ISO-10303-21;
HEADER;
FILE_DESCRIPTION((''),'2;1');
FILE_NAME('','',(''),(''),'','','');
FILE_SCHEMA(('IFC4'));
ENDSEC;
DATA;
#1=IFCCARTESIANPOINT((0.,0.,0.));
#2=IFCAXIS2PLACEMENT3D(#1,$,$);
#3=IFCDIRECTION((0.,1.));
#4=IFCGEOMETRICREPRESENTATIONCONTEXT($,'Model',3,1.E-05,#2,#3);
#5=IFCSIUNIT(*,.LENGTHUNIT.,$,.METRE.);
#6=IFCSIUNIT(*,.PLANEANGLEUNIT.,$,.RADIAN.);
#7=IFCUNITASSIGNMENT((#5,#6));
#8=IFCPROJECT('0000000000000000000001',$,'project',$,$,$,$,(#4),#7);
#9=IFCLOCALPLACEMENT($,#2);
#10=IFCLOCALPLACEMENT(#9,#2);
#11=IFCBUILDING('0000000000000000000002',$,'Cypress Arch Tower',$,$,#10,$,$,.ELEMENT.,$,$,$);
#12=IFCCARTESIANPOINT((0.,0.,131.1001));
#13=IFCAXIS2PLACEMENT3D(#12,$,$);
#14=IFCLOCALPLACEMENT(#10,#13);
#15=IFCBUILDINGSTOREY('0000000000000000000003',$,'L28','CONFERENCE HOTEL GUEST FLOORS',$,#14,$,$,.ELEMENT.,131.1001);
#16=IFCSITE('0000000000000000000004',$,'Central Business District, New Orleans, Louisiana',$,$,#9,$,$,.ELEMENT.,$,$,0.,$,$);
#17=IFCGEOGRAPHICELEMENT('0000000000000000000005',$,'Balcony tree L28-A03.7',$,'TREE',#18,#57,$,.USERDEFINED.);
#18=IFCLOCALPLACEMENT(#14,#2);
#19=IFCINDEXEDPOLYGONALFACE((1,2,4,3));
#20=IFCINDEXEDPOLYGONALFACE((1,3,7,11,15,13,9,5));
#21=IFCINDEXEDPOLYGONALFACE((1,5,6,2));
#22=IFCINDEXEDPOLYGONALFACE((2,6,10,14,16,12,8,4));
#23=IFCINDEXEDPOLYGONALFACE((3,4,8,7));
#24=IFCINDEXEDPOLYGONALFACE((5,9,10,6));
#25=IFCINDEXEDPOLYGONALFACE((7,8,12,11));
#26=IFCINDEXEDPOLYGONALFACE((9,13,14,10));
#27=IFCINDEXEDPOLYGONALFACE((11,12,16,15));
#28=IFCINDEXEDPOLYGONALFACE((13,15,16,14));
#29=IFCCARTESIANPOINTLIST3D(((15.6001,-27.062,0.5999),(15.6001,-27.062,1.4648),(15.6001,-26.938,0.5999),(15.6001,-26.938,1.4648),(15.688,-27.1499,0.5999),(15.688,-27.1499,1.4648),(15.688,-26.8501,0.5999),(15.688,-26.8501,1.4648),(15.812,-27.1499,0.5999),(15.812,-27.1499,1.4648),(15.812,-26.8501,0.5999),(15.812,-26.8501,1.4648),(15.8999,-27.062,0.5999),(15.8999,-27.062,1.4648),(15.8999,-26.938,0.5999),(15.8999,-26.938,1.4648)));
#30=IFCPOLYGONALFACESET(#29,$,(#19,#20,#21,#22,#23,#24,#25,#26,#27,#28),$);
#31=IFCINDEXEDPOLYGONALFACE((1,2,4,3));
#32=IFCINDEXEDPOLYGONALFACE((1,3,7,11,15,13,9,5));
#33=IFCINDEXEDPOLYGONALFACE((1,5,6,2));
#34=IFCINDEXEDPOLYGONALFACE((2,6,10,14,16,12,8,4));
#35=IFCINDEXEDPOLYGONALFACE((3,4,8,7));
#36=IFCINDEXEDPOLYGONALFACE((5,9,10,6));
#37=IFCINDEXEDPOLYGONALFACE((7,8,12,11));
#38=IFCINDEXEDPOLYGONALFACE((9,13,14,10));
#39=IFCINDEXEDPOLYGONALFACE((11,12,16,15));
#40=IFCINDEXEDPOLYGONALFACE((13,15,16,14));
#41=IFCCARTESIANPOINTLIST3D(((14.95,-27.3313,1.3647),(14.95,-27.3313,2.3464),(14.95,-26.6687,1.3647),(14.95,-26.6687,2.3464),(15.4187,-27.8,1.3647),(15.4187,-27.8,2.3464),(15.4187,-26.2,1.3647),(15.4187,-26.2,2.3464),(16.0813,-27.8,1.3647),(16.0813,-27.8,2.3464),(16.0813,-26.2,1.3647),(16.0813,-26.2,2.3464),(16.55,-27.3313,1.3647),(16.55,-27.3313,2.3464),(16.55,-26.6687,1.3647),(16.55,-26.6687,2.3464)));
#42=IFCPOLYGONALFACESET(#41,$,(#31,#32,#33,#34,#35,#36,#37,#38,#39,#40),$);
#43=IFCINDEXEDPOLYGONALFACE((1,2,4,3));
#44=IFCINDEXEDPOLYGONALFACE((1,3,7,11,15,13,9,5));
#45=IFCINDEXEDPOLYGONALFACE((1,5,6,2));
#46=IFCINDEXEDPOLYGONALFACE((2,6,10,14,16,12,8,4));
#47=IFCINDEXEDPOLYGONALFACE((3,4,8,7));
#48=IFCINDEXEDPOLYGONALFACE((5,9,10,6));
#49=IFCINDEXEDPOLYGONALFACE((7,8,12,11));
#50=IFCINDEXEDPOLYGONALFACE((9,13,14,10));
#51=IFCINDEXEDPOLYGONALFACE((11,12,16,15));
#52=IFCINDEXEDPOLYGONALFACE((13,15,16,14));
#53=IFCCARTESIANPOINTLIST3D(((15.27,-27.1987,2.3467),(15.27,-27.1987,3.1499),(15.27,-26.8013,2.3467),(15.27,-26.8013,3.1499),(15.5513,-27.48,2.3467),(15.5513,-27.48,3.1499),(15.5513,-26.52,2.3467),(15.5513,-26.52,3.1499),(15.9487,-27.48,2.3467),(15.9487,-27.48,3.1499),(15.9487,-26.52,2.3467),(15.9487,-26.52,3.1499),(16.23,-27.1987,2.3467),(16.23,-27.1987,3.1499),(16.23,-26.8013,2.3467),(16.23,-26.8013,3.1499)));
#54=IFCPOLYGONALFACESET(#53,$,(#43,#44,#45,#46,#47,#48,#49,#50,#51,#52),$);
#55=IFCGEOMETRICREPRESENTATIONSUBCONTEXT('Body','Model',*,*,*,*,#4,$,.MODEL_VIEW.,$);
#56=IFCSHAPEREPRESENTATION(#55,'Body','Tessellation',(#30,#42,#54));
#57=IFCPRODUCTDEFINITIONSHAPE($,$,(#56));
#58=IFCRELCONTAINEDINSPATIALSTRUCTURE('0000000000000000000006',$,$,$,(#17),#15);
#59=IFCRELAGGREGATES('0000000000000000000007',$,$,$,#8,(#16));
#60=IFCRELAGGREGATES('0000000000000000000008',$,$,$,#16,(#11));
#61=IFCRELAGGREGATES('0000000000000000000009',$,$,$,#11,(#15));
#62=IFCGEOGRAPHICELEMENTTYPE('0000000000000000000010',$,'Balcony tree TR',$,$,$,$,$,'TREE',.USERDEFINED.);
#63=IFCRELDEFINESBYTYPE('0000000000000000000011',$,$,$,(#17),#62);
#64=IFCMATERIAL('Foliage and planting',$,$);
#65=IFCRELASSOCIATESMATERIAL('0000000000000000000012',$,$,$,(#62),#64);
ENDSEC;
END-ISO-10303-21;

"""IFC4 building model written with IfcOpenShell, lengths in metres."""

from ifc_helpers import new_model, si_unit, direction, frame, origin, place, context, subcontext, project, spatial, polyline, outline, extrude, material, type_object, element, save


model = new_model("IFC4")

# Units and contexts
model_context = context("Model", 3, precision=1e-05, world=origin(), true_north=direction((0.0, 1.0)))
body_context = subcontext(model_context, "Body", "Model", "MODEL_VIEW")
ifc_project = project(units=[si_unit("LENGTHUNIT", "METRE"), si_unit("PLANEANGLEUNIT", "RADIAN")], contexts=[model_context])

# Site, building, storey
site_placement = place(None, origin())
site = spatial("IfcSite", under=ifc_project, at=site_placement, Name="Central Business District, New Orleans, Louisiana", CompositionType="ELEMENT", RefElevation=0.0)
building_placement = place(site_placement, origin())
building = spatial("IfcBuilding", under=site, at=building_placement, Name="Cypress Arch Tower", CompositionType="ELEMENT")
storey_placement = place(building_placement, frame((0.0, 0.0, 131.1001)))
storey = spatial("IfcBuildingStorey", under=building, at=storey_placement, Name="L28", Description="CONFERENCE HOTEL GUEST FLOORS", CompositionType="ELEMENT", Elevation=131.1001)

# Geographic element
ifc_material_1 = material(Name="Foliage and planting")
geographic_element_type = type_object("IfcGeographicElementType", Name="Balcony tree TR", ElementType="TREE", PredefinedType="USERDEFINED", material=ifc_material_1)
geographic_element_placement = place(storey_placement, frame((15.75, -27.0, 0.5999), z_axis=(0.0, 0.0, 1.0), x_axis=(1.0, 0.0, 0.0)))
element("IfcGeographicElement", 1, at=geographic_element_placement, inside=storey, type_object=geographic_element_type, Name="Balcony tree L28-A03.7", ObjectType="TREE", PredefinedType="USERDEFINED", context=body_context, shape_type="SweptSolid", body=[
    extrude(outline(polyline([(0.1499, 0.062), (0.062, 0.1499), (-0.062, 0.1499), (-0.1499, 0.062), (-0.1499, -0.062), (-0.062, -0.1499), (0.062, -0.1499), (0.1499, -0.062), (0.1499, 0.062)])), origin(), (0.0, 0.0, 1.0), 0.865),
    extrude(outline(polyline([(0.8, 0.3313), (0.3313, 0.8), (-0.3313, 0.8), (-0.8, 0.3313), (-0.8, -0.3313), (-0.3313, -0.8), (0.3313, -0.8), (0.8, -0.3313), (0.8, 0.3313)])), frame((0.0, 0.0, 0.7649)), (0.0, 0.0, 1.0), 0.9817),
    extrude(outline(polyline([(0.48, 0.1987), (0.1987, 0.48), (-0.1987, 0.48), (-0.48, 0.1987), (-0.48, -0.1987), (-0.1987, -0.48), (0.1987, -0.48), (0.48, -0.1987), (0.48, 0.1987)])), frame((0.0, 0.0, 1.7468)), (0.0, 0.0, 1.0), 0.8032),
])

save(model, "model.ifc")
